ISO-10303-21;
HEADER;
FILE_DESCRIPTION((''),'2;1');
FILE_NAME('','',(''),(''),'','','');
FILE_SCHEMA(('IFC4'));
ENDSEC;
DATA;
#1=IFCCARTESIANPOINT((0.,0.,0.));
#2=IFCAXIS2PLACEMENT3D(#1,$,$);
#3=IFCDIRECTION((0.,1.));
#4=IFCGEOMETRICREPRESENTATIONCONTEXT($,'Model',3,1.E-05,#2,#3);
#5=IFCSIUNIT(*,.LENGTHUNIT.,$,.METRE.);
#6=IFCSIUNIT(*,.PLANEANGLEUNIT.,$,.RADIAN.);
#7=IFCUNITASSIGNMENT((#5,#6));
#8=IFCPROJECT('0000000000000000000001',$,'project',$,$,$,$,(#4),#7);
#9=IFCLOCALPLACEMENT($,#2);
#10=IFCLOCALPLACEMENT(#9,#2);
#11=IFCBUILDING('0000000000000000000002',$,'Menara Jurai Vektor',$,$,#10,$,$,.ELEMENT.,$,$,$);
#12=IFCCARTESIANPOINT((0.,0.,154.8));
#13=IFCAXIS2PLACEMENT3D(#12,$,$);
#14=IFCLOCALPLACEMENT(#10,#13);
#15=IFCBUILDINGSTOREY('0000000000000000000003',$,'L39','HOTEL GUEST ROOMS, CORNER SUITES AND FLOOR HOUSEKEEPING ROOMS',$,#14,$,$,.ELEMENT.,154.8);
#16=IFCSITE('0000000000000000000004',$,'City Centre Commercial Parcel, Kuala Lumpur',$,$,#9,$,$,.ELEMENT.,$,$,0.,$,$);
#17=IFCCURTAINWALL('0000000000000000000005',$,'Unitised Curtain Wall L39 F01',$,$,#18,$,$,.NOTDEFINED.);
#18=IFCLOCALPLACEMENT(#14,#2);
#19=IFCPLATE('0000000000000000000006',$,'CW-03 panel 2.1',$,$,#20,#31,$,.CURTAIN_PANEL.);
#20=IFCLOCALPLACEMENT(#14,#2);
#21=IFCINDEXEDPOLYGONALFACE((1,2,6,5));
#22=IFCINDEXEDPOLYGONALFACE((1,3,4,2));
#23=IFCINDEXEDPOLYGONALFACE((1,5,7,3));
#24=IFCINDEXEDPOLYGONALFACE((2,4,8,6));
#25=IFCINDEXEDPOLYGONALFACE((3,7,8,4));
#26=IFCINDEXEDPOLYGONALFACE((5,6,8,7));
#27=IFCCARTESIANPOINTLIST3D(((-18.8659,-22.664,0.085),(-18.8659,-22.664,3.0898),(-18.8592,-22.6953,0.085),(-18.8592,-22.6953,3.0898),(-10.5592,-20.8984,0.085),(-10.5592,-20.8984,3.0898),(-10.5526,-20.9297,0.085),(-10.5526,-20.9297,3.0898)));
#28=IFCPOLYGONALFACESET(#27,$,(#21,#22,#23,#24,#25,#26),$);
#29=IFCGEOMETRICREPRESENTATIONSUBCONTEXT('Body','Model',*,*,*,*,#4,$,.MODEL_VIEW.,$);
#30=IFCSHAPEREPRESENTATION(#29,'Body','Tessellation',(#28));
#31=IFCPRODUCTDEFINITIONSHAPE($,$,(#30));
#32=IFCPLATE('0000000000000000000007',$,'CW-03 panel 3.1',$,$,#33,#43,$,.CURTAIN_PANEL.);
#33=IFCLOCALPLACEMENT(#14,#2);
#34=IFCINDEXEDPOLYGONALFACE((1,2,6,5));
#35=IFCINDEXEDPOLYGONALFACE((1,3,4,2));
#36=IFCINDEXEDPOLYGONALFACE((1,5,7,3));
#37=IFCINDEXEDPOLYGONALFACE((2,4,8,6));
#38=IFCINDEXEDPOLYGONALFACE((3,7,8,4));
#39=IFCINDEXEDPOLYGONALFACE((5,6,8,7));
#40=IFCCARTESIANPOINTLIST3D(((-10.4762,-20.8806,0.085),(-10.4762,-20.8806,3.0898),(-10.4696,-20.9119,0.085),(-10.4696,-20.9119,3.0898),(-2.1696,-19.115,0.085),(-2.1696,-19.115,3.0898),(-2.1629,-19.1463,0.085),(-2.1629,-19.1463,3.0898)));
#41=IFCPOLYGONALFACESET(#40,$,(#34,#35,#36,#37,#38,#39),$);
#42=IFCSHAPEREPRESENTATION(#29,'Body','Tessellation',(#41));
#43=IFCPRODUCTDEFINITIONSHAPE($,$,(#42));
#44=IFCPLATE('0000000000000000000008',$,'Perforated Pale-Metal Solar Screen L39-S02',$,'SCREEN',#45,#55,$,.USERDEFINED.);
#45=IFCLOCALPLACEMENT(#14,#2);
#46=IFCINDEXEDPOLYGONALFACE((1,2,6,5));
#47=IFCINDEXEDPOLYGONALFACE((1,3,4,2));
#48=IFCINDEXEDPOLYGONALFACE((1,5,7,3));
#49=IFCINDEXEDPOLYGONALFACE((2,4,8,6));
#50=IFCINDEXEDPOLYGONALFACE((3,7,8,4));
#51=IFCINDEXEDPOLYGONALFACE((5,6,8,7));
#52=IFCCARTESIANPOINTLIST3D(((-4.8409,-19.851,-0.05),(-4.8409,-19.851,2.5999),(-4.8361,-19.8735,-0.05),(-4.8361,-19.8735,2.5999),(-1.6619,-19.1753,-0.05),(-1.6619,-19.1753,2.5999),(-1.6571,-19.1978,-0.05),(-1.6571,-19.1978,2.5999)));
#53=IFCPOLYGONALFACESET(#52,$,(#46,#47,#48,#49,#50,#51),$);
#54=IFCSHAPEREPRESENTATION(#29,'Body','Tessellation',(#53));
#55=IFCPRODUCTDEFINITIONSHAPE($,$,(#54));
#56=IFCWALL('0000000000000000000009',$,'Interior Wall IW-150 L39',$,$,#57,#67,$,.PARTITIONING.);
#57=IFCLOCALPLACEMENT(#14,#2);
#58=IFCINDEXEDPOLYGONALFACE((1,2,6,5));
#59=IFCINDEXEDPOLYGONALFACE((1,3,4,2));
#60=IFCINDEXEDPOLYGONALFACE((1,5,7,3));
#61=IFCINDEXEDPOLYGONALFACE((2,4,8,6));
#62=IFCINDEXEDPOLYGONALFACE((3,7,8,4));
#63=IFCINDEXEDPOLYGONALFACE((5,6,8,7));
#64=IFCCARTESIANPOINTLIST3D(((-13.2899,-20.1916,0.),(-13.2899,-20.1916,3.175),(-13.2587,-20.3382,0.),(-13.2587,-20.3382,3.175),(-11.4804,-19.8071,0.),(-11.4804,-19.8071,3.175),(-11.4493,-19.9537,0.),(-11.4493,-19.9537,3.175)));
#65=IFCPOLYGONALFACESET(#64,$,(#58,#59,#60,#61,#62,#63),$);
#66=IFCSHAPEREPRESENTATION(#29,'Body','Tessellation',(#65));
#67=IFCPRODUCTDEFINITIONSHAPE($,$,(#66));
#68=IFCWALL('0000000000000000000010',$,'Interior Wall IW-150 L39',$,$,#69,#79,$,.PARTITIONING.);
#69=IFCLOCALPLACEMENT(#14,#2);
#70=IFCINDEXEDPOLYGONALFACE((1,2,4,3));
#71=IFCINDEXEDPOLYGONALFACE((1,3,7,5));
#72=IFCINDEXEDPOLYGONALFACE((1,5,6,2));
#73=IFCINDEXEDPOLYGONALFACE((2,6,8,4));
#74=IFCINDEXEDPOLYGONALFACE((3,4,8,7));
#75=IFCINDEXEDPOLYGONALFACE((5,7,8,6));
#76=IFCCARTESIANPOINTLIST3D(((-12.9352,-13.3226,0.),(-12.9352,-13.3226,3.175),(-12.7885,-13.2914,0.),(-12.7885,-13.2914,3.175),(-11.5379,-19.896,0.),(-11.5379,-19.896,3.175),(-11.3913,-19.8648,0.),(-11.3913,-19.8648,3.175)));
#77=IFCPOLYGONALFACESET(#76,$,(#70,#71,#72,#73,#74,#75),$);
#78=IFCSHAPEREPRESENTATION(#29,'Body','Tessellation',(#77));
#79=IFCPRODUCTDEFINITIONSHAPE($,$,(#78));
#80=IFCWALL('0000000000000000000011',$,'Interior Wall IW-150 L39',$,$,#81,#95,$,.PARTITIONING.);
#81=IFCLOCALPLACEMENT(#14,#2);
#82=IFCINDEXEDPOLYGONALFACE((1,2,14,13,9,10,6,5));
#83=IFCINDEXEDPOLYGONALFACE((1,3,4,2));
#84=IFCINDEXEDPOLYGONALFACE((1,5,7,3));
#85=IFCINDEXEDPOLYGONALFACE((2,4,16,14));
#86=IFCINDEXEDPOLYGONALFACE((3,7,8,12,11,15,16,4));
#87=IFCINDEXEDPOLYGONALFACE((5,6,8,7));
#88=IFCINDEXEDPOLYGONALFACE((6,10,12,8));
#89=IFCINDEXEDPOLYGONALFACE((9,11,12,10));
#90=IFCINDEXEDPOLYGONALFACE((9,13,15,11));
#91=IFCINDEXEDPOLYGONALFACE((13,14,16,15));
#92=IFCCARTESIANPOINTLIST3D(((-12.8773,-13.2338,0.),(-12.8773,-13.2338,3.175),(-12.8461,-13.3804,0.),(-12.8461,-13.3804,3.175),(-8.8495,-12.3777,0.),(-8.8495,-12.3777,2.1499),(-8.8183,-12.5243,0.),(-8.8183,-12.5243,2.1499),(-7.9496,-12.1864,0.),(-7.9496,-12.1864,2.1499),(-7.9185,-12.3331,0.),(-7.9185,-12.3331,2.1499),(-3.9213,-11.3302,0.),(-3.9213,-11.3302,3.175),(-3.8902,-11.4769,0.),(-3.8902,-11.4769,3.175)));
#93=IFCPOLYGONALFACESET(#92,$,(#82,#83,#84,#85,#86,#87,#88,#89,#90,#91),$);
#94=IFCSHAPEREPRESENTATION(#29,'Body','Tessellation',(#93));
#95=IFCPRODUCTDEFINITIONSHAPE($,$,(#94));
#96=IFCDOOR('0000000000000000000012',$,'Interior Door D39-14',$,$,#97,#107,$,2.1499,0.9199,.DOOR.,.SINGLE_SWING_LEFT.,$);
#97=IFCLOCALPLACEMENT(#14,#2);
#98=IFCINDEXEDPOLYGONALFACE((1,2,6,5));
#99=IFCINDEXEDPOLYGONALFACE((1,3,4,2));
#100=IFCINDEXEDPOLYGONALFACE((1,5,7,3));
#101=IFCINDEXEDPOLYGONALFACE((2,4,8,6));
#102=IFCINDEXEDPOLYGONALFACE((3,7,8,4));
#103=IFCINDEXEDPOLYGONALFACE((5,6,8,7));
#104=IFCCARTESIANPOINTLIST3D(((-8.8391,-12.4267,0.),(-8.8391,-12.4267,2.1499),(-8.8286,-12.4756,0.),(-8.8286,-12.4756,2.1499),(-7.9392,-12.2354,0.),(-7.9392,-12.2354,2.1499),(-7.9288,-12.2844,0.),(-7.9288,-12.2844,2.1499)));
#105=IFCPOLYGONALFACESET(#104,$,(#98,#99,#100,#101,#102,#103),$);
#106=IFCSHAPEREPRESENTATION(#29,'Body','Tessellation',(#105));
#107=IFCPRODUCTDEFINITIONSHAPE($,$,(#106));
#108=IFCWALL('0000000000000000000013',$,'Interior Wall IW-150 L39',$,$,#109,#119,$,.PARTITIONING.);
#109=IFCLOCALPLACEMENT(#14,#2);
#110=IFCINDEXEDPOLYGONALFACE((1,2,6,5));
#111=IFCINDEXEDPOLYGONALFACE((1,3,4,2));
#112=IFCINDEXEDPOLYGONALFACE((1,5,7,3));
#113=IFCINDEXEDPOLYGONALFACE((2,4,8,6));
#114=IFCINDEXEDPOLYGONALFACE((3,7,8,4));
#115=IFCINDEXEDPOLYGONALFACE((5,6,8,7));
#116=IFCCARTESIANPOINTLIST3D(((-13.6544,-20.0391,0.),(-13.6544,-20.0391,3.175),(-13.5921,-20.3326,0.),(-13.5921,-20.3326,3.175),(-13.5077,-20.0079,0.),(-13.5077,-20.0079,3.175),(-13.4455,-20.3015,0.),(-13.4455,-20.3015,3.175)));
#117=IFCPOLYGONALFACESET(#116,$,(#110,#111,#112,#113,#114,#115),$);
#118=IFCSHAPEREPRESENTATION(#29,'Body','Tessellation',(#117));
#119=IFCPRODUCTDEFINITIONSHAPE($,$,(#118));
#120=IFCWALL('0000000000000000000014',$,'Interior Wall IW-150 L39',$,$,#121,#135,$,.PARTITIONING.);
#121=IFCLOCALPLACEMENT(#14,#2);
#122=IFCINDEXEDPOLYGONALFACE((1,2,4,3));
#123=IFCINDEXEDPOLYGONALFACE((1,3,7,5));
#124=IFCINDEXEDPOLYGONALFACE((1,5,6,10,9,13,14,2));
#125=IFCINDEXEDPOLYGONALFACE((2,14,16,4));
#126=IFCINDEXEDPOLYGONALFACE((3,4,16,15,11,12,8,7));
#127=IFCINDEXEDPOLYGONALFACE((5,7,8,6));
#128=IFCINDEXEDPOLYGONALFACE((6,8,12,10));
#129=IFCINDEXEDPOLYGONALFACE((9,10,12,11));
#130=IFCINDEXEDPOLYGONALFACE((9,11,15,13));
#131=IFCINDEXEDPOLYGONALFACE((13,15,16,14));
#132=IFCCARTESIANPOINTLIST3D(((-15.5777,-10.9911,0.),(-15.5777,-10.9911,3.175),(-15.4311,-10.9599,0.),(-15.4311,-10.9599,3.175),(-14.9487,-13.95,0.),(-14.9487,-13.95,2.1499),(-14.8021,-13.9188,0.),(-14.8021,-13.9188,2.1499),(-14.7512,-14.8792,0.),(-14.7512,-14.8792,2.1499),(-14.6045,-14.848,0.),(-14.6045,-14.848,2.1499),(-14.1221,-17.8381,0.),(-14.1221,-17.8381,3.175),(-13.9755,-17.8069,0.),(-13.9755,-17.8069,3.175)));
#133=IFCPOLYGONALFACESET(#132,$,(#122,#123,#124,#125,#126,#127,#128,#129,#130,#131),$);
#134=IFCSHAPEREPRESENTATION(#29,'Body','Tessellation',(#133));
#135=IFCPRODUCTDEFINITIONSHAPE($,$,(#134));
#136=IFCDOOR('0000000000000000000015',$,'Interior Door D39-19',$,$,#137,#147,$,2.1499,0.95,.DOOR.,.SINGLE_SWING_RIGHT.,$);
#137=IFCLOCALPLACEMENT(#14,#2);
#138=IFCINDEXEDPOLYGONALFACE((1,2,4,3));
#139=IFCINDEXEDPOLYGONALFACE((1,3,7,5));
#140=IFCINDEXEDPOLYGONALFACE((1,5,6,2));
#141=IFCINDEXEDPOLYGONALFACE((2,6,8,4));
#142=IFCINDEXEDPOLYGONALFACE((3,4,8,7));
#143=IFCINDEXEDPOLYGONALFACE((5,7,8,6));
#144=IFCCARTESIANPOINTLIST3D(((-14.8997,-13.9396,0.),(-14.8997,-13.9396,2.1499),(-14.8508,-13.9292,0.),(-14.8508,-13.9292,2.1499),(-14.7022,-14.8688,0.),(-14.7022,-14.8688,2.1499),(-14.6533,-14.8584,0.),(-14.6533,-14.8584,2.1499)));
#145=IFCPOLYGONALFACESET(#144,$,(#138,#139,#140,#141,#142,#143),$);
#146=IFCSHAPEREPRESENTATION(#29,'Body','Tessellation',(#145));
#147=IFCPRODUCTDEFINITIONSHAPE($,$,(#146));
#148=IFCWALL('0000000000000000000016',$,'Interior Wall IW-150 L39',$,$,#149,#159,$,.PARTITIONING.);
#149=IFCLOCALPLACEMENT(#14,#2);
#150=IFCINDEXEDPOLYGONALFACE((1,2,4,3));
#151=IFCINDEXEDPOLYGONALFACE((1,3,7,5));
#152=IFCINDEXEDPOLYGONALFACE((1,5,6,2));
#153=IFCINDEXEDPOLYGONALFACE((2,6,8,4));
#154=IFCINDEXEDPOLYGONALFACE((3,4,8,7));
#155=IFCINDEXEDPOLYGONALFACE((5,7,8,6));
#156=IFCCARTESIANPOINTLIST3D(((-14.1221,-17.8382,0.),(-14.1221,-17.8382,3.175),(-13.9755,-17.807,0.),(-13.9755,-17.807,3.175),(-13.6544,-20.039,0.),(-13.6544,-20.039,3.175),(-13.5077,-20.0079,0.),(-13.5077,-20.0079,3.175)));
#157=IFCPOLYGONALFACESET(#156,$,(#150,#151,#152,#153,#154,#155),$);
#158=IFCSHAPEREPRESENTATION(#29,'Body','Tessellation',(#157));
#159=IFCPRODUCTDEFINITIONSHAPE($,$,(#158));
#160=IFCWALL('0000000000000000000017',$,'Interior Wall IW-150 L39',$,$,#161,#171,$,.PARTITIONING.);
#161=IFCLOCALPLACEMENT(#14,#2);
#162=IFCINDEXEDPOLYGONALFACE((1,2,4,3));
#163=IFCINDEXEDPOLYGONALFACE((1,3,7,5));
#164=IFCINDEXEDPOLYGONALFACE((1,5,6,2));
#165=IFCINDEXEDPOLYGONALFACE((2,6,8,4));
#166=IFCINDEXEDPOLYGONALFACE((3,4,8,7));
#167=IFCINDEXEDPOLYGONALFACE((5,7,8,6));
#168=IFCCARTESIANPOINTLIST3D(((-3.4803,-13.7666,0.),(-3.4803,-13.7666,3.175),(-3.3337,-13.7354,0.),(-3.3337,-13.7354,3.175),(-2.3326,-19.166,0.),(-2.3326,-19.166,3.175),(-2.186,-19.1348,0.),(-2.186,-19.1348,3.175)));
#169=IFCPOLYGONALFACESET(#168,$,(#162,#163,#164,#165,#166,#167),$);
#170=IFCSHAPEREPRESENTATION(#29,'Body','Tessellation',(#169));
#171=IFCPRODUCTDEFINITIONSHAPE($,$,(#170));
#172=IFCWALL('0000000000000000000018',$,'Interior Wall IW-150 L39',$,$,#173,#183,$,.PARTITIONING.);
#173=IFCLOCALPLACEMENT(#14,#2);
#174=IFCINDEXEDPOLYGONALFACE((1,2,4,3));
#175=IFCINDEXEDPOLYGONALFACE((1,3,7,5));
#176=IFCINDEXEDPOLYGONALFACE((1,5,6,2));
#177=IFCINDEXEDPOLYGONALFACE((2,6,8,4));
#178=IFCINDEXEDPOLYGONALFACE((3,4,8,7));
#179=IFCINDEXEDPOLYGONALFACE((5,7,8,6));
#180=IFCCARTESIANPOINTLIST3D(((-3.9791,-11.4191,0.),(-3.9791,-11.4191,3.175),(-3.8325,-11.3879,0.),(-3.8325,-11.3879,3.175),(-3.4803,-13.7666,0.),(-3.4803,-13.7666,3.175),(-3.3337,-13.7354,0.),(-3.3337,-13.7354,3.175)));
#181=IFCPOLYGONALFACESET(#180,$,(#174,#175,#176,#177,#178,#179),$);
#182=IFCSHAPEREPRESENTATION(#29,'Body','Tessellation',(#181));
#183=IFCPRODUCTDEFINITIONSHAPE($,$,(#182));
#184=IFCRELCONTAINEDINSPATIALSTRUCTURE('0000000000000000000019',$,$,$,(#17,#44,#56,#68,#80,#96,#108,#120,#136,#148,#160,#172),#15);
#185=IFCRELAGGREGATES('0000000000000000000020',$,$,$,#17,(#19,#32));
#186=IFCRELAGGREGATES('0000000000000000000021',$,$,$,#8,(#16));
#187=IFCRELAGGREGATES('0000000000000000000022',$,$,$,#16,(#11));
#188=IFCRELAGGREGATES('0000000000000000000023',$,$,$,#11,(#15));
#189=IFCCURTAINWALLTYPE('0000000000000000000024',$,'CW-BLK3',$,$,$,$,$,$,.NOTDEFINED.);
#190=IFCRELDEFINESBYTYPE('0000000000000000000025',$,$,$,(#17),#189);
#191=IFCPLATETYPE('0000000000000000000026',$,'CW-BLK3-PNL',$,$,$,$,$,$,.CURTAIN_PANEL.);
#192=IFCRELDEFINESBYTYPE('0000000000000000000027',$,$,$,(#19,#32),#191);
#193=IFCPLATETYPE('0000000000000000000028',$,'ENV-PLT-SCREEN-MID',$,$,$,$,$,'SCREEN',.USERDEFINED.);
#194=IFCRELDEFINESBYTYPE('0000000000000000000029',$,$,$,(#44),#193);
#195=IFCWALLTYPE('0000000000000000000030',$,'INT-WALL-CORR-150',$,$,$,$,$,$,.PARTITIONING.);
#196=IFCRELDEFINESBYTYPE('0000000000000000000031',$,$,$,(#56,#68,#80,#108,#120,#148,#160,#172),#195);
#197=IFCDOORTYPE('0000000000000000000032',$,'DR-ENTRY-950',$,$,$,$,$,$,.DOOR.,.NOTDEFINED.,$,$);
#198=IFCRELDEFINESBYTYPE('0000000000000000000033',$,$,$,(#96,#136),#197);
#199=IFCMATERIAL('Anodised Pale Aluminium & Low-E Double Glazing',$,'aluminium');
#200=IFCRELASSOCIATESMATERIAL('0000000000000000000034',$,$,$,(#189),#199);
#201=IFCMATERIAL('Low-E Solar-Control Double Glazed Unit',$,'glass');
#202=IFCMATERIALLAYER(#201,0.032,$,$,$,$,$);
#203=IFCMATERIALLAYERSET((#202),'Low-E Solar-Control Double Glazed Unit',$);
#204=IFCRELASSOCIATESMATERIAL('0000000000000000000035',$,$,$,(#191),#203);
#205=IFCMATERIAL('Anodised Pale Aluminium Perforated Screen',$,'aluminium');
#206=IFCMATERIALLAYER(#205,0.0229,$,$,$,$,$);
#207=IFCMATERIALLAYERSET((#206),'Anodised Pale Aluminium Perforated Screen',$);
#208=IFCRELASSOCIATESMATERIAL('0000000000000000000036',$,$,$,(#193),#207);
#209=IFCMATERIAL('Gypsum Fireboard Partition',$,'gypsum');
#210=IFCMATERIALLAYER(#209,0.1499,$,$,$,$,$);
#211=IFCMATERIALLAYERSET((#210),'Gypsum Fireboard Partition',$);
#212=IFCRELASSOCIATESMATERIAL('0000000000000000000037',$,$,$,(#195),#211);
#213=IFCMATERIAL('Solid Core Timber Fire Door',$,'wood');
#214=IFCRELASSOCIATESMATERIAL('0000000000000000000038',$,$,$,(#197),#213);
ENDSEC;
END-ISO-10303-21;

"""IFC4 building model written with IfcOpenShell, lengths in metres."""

from ifc_helpers import new_model, si_unit, direction, frame, frame_2d, origin, origin_2d, place, context, subcontext, project, spatial, rectangle, extrude, material, layer, layer_set, type_object, element, fill, aggregate, save


model = new_model("IFC4")

# Units and contexts
model_context = context("Model", 3, precision=1e-05, world=origin(), true_north=direction((0.0, 1.0)))
body_context = subcontext(model_context, "Body", "Model", "MODEL_VIEW")
ifc_project = project(units=[si_unit("LENGTHUNIT", "METRE"), si_unit("PLANEANGLEUNIT", "RADIAN")], contexts=[model_context])

# Site, building, storey
site_placement = place(None, origin())
site = spatial("IfcSite", under=ifc_project, at=site_placement, Name="City Centre Commercial Parcel, Kuala Lumpur", CompositionType="ELEMENT", RefElevation=0.0)
building_placement = place(site_placement, origin())
building = spatial("IfcBuilding", under=site, at=building_placement, Name="Menara Jurai Vektor", CompositionType="ELEMENT")
storey_placement = place(building_placement, frame((0.0, 0.0, 154.8)))
storey = spatial("IfcBuildingStorey", under=building, at=storey_placement, Name="L39", Description="HOTEL GUEST ROOMS, CORNER SUITES AND FLOOR HOUSEKEEPING ROOMS", CompositionType="ELEMENT", Elevation=154.8)

# Curtain wall
ifc_material_1 = material(Name="Anodised Pale Aluminium & Low-E Double Glazing", Category="aluminium")
curtain_wall_type = type_object("IfcCurtainWallType", Name="CW-BLK3", PredefinedType="NOTDEFINED", material=ifc_material_1)
curtain_wall_placement = place(storey_placement, origin())
curtain_wall = element("IfcCurtainWall", 1, at=curtain_wall_placement, inside=storey, type_object=curtain_wall_type, Name="Unitised Curtain Wall L39 F01", PredefinedType="NOTDEFINED")

# Plates
ifc_material_2 = material(Name="Low-E Solar-Control Double Glazed Unit", Category="glass")
ifc_layer_1 = layer(ifc_material_2, 0.032)
ifc_layer_set_1 = layer_set([ifc_layer_1], Name="Low-E Solar-Control Double Glazed Unit")
plate_type_1 = type_object("IfcPlateType", Name="CW-BLK3-PNL", PredefinedType="CURTAIN_PANEL", material=ifc_layer_set_1)
plate_1_placement = place(storey_placement, frame((-14.7092, -21.7969, 0.085), z_axis=(0.0, 0.0, 1.0), x_axis=(0.978148, 0.207911, 0.0)))
plate_1 = element("IfcPlate", 2, at=plate_1_placement, type_object=plate_type_1, Name="CW-03 panel 2.1", PredefinedType="CURTAIN_PANEL", context=body_context, shape_type="SweptSolid", body=[
    extrude(rectangle(XDim=8.4922, YDim=0.032, at=origin_2d()), origin(), (0.0, 0.0, 1.0), 3.0049),
])
plate_2_placement = place(storey_placement, frame((-6.3196, -20.0134, 0.085), z_axis=(0.0, 0.0, 1.0), x_axis=(0.978148, 0.207911, 0.0)))
plate_2 = element("IfcPlate", 3, at=plate_2_placement, type_object=plate_type_1, Name="CW-03 panel 3.1", PredefinedType="CURTAIN_PANEL", context=body_context, shape_type="SweptSolid", body=[
    extrude(rectangle(XDim=8.4922, YDim=0.032, at=origin_2d()), origin(), (0.0, 0.0, 1.0), 3.0049),
])
aggregate(curtain_wall, [plate_1, plate_2])
ifc_material_3 = material(Name="Anodised Pale Aluminium Perforated Screen", Category="aluminium")
ifc_layer_2 = layer(ifc_material_3, 0.0229)
ifc_layer_set_2 = layer_set([ifc_layer_2], Name="Anodised Pale Aluminium Perforated Screen")
plate_type_2 = type_object("IfcPlateType", Name="ENV-PLT-SCREEN-MID", ElementType="SCREEN", PredefinedType="USERDEFINED", material=ifc_layer_set_2)
plate_3_placement = place(storey_placement, frame((-3.249, -19.5244, -0.05), z_axis=(0.0, 0.0, 1.0), x_axis=(0.978148, 0.207912, 0.0)))
element("IfcPlate", 4, at=plate_3_placement, inside=storey, type_object=plate_type_2, Name="Perforated Pale-Metal Solar Screen L39-S02", ObjectType="SCREEN", PredefinedType="USERDEFINED", context=body_context, shape_type="SweptSolid", body=[
    extrude(rectangle(XDim=3.25, YDim=0.0229, at=origin_2d()), origin(), (0.0, 0.0, 1.0), 2.6499),
])

# Walls
ifc_material_4 = material(Name="Gypsum Fireboard Partition", Category="gypsum")
ifc_layer_3 = layer(ifc_material_4, 0.1499)
ifc_layer_set_3 = layer_set([ifc_layer_3], Name="Gypsum Fireboard Partition")
wall_type = type_object("IfcWallType", Name="INT-WALL-CORR-150", PredefinedType="PARTITIONING", material=ifc_layer_set_3)
wall_1_placement = place(storey_placement, frame((-13.2742, -20.2649, 0.0), z_axis=(0.0, 0.0, 1.0), x_axis=(0.97816, 0.207852, 0.0)))
element("IfcWall", 5, at=wall_1_placement, inside=storey, type_object=wall_type, Name="Interior Wall IW-150 L39", PredefinedType="PARTITIONING", context=body_context, shape_type="SweptSolid", body=[
    extrude(rectangle(XDim=1.8499, YDim=0.1499, at=frame_2d((0.9248, 0.0))), origin(), (0.0, 0.0, 1.0), 3.175),
])
wall_2_placement = place(storey_placement, frame((-11.4646, -19.8804, 0.0), z_axis=(0.0, 0.0, 1.0), x_axis=(-0.207916, 0.978147, 0.0)))
element("IfcWall", 6, at=wall_2_placement, inside=storey, type_object=wall_type, Name="Interior Wall IW-150 L39", PredefinedType="PARTITIONING", context=body_context, shape_type="SweptSolid", body=[
    extrude(rectangle(XDim=6.7202, YDim=0.1499, at=frame_2d((3.3601, 0.0))), origin(), (0.0, 0.0, 1.0), 3.175),
])

# Wall, opening, door
wall_3_placement = place(storey_placement, frame((-12.8618, -13.3071, 0.0), z_axis=(0.0, 0.0, 1.0), x_axis=(0.97815, 0.207901, 0.0)))
wall_3 = element("IfcWall", 7, at=wall_3_placement, inside=storey, type_object=wall_type, Name="Interior Wall IW-150 L39", PredefinedType="PARTITIONING", context=body_context, shape_type="SweptSolid", body=[
    extrude(rectangle(XDim=9.156, YDim=0.1499, at=frame_2d((4.5781, 0.0))), origin(), (0.0, 0.0, 1.0), 3.175),
])
opening_1_placement = place(wall_3_placement, frame((4.1179, 0.0, 0.0)))
opening_1 = element("IfcOpeningElement", 8, at=opening_1_placement, cuts=wall_3, PredefinedType="OPENING", context=body_context, shape_type="SweptSolid", body=[
    extrude(rectangle(XDim=0.9199, YDim=2.1499, at=frame_2d((0.46, 1.075))), frame((0.0, 0.085, 0.0), z_axis=(0.0, -1.0, 0.0), x_axis=(1.0, 0.0, 0.0)), (0.0, 0.0, 1.0), 0.1699),
])
ifc_material_5 = material(Name="Solid Core Timber Fire Door", Category="wood")
door_type_1 = type_object("IfcDoorType", Name="DR-ENTRY-950", OperationType="NOTDEFINED", PredefinedType="DOOR", material=ifc_material_5)
door_1_placement = place(opening_1_placement, origin())
door_1 = element("IfcDoor", 9, at=door_1_placement, inside=storey, type_object=door_type_1, Name="Interior Door D39-14", OperationType="SINGLE_SWING_LEFT", OverallHeight=2.1499, OverallWidth=0.9199, PredefinedType="DOOR", context=body_context, shape_type="SweptSolid", body=[
    extrude(rectangle(XDim=0.9199, YDim=2.1499, at=frame_2d((0.46, 1.075))), frame((0.0, 0.0249, 0.0), z_axis=(0.0, -1.0, 0.0), x_axis=(1.0, 0.0, 0.0)), (0.0, 0.0, 1.0), 0.05),
])
fill(opening_1, door_1)

# Wall
wall_4_placement = place(storey_placement, frame((-13.5188, -20.3169, 0.0), z_axis=(0.0, 0.0, 1.0), x_axis=(-0.207528, 0.978229, 0.0)))
element("IfcWall", 10, at=wall_4_placement, inside=storey, type_object=wall_type, Name="Interior Wall IW-150 L39", PredefinedType="PARTITIONING", context=body_context, shape_type="SweptSolid", body=[
    extrude(rectangle(XDim=0.3, YDim=0.1499, at=frame_2d((0.1499, 0.0))), origin(), (0.0, 0.0, 1.0), 3.175),
])

# Wall, opening, door
wall_5_placement = place(storey_placement, frame((-14.0488, -17.8225, 0.0), z_axis=(0.0, 0.0, 1.0), x_axis=(-0.20794, 0.978142, 0.0)))
wall_5 = element("IfcWall", 11, at=wall_5_placement, inside=storey, type_object=wall_type, Name="Interior Wall IW-150 L39", PredefinedType="PARTITIONING", context=body_context, shape_type="SweptSolid", body=[
    extrude(rectangle(XDim=7.0, YDim=0.1499, at=frame_2d((3.5, 0.0))), origin(), (0.0, 0.0, 1.0), 3.175),
])
opening_2_placement = place(wall_5_placement, frame((3.0249, 0.0, 0.0)))
opening_2 = element("IfcOpeningElement", 12, at=opening_2_placement, cuts=wall_5, PredefinedType="OPENING", context=body_context, shape_type="SweptSolid", body=[
    extrude(rectangle(XDim=0.95, YDim=2.1499, at=frame_2d((0.4751, 1.075))), frame((0.0, 0.085, 0.0), z_axis=(0.0, -1.0, 0.0), x_axis=(1.0, 0.0, 0.0)), (0.0, 0.0, 1.0), 0.1699),
])
door_2_placement = place(opening_2_placement, origin())
door_2 = element("IfcDoor", 13, at=door_2_placement, inside=storey, type_object=door_type_1, Name="Interior Door D39-19", OperationType="SINGLE_SWING_RIGHT", OverallHeight=2.1499, OverallWidth=0.95, PredefinedType="DOOR", context=body_context, shape_type="SweptSolid", body=[
    extrude(rectangle(XDim=0.95, YDim=2.1499, at=frame_2d((0.4751, 1.075))), frame((0.0, 0.0249, 0.0), z_axis=(0.0, -1.0, 0.0), x_axis=(1.0, 0.0, 0.0)), (0.0, 0.0, 1.0), 0.05),
])
fill(opening_2, door_2)

# Walls
wall_6_placement = place(storey_placement, frame((-13.5811, -20.0234, 0.0), z_axis=(0.0, 0.0, 1.0), x_axis=(-0.207891, 0.978152, 0.0)))
element("IfcWall", 14, at=wall_6_placement, inside=storey, type_object=wall_type, Name="Interior Wall IW-150 L39", PredefinedType="PARTITIONING", context=body_context, shape_type="SweptSolid", body=[
    extrude(rectangle(XDim=2.25, YDim=0.1499, at=frame_2d((1.125, 0.0))), origin(), (0.0, 0.0, 1.0), 3.175),
])
wall_7_placement = place(storey_placement, frame((-2.2593, -19.1504, 0.0), z_axis=(0.0, 0.0, 1.0), x_axis=(-0.207916, 0.978147, 0.0)))
element("IfcWall", 15, at=wall_7_placement, inside=storey, type_object=wall_type, Name="Interior Wall IW-150 L39", PredefinedType="PARTITIONING", context=body_context, shape_type="SweptSolid", body=[
    extrude(rectangle(XDim=5.52, YDim=0.1499, at=frame_2d((2.76, 0.0))), origin(), (0.0, 0.0, 1.0), 3.175),
])
wall_8_placement = place(storey_placement, frame((-3.407, -13.751, 0.0), z_axis=(0.0, 0.0, 1.0), x_axis=(-0.207841, 0.978163, 0.0)))
element("IfcWall", 16, at=wall_8_placement, inside=storey, type_object=wall_type, Name="Interior Wall IW-150 L39", PredefinedType="PARTITIONING", context=body_context, shape_type="SweptSolid", body=[
    extrude(rectangle(XDim=2.3999, YDim=0.1499, at=frame_2d((1.2, 0.0))), origin(), (0.0, 0.0, 1.0), 3.175),
])

save(model, "model.ifc")
